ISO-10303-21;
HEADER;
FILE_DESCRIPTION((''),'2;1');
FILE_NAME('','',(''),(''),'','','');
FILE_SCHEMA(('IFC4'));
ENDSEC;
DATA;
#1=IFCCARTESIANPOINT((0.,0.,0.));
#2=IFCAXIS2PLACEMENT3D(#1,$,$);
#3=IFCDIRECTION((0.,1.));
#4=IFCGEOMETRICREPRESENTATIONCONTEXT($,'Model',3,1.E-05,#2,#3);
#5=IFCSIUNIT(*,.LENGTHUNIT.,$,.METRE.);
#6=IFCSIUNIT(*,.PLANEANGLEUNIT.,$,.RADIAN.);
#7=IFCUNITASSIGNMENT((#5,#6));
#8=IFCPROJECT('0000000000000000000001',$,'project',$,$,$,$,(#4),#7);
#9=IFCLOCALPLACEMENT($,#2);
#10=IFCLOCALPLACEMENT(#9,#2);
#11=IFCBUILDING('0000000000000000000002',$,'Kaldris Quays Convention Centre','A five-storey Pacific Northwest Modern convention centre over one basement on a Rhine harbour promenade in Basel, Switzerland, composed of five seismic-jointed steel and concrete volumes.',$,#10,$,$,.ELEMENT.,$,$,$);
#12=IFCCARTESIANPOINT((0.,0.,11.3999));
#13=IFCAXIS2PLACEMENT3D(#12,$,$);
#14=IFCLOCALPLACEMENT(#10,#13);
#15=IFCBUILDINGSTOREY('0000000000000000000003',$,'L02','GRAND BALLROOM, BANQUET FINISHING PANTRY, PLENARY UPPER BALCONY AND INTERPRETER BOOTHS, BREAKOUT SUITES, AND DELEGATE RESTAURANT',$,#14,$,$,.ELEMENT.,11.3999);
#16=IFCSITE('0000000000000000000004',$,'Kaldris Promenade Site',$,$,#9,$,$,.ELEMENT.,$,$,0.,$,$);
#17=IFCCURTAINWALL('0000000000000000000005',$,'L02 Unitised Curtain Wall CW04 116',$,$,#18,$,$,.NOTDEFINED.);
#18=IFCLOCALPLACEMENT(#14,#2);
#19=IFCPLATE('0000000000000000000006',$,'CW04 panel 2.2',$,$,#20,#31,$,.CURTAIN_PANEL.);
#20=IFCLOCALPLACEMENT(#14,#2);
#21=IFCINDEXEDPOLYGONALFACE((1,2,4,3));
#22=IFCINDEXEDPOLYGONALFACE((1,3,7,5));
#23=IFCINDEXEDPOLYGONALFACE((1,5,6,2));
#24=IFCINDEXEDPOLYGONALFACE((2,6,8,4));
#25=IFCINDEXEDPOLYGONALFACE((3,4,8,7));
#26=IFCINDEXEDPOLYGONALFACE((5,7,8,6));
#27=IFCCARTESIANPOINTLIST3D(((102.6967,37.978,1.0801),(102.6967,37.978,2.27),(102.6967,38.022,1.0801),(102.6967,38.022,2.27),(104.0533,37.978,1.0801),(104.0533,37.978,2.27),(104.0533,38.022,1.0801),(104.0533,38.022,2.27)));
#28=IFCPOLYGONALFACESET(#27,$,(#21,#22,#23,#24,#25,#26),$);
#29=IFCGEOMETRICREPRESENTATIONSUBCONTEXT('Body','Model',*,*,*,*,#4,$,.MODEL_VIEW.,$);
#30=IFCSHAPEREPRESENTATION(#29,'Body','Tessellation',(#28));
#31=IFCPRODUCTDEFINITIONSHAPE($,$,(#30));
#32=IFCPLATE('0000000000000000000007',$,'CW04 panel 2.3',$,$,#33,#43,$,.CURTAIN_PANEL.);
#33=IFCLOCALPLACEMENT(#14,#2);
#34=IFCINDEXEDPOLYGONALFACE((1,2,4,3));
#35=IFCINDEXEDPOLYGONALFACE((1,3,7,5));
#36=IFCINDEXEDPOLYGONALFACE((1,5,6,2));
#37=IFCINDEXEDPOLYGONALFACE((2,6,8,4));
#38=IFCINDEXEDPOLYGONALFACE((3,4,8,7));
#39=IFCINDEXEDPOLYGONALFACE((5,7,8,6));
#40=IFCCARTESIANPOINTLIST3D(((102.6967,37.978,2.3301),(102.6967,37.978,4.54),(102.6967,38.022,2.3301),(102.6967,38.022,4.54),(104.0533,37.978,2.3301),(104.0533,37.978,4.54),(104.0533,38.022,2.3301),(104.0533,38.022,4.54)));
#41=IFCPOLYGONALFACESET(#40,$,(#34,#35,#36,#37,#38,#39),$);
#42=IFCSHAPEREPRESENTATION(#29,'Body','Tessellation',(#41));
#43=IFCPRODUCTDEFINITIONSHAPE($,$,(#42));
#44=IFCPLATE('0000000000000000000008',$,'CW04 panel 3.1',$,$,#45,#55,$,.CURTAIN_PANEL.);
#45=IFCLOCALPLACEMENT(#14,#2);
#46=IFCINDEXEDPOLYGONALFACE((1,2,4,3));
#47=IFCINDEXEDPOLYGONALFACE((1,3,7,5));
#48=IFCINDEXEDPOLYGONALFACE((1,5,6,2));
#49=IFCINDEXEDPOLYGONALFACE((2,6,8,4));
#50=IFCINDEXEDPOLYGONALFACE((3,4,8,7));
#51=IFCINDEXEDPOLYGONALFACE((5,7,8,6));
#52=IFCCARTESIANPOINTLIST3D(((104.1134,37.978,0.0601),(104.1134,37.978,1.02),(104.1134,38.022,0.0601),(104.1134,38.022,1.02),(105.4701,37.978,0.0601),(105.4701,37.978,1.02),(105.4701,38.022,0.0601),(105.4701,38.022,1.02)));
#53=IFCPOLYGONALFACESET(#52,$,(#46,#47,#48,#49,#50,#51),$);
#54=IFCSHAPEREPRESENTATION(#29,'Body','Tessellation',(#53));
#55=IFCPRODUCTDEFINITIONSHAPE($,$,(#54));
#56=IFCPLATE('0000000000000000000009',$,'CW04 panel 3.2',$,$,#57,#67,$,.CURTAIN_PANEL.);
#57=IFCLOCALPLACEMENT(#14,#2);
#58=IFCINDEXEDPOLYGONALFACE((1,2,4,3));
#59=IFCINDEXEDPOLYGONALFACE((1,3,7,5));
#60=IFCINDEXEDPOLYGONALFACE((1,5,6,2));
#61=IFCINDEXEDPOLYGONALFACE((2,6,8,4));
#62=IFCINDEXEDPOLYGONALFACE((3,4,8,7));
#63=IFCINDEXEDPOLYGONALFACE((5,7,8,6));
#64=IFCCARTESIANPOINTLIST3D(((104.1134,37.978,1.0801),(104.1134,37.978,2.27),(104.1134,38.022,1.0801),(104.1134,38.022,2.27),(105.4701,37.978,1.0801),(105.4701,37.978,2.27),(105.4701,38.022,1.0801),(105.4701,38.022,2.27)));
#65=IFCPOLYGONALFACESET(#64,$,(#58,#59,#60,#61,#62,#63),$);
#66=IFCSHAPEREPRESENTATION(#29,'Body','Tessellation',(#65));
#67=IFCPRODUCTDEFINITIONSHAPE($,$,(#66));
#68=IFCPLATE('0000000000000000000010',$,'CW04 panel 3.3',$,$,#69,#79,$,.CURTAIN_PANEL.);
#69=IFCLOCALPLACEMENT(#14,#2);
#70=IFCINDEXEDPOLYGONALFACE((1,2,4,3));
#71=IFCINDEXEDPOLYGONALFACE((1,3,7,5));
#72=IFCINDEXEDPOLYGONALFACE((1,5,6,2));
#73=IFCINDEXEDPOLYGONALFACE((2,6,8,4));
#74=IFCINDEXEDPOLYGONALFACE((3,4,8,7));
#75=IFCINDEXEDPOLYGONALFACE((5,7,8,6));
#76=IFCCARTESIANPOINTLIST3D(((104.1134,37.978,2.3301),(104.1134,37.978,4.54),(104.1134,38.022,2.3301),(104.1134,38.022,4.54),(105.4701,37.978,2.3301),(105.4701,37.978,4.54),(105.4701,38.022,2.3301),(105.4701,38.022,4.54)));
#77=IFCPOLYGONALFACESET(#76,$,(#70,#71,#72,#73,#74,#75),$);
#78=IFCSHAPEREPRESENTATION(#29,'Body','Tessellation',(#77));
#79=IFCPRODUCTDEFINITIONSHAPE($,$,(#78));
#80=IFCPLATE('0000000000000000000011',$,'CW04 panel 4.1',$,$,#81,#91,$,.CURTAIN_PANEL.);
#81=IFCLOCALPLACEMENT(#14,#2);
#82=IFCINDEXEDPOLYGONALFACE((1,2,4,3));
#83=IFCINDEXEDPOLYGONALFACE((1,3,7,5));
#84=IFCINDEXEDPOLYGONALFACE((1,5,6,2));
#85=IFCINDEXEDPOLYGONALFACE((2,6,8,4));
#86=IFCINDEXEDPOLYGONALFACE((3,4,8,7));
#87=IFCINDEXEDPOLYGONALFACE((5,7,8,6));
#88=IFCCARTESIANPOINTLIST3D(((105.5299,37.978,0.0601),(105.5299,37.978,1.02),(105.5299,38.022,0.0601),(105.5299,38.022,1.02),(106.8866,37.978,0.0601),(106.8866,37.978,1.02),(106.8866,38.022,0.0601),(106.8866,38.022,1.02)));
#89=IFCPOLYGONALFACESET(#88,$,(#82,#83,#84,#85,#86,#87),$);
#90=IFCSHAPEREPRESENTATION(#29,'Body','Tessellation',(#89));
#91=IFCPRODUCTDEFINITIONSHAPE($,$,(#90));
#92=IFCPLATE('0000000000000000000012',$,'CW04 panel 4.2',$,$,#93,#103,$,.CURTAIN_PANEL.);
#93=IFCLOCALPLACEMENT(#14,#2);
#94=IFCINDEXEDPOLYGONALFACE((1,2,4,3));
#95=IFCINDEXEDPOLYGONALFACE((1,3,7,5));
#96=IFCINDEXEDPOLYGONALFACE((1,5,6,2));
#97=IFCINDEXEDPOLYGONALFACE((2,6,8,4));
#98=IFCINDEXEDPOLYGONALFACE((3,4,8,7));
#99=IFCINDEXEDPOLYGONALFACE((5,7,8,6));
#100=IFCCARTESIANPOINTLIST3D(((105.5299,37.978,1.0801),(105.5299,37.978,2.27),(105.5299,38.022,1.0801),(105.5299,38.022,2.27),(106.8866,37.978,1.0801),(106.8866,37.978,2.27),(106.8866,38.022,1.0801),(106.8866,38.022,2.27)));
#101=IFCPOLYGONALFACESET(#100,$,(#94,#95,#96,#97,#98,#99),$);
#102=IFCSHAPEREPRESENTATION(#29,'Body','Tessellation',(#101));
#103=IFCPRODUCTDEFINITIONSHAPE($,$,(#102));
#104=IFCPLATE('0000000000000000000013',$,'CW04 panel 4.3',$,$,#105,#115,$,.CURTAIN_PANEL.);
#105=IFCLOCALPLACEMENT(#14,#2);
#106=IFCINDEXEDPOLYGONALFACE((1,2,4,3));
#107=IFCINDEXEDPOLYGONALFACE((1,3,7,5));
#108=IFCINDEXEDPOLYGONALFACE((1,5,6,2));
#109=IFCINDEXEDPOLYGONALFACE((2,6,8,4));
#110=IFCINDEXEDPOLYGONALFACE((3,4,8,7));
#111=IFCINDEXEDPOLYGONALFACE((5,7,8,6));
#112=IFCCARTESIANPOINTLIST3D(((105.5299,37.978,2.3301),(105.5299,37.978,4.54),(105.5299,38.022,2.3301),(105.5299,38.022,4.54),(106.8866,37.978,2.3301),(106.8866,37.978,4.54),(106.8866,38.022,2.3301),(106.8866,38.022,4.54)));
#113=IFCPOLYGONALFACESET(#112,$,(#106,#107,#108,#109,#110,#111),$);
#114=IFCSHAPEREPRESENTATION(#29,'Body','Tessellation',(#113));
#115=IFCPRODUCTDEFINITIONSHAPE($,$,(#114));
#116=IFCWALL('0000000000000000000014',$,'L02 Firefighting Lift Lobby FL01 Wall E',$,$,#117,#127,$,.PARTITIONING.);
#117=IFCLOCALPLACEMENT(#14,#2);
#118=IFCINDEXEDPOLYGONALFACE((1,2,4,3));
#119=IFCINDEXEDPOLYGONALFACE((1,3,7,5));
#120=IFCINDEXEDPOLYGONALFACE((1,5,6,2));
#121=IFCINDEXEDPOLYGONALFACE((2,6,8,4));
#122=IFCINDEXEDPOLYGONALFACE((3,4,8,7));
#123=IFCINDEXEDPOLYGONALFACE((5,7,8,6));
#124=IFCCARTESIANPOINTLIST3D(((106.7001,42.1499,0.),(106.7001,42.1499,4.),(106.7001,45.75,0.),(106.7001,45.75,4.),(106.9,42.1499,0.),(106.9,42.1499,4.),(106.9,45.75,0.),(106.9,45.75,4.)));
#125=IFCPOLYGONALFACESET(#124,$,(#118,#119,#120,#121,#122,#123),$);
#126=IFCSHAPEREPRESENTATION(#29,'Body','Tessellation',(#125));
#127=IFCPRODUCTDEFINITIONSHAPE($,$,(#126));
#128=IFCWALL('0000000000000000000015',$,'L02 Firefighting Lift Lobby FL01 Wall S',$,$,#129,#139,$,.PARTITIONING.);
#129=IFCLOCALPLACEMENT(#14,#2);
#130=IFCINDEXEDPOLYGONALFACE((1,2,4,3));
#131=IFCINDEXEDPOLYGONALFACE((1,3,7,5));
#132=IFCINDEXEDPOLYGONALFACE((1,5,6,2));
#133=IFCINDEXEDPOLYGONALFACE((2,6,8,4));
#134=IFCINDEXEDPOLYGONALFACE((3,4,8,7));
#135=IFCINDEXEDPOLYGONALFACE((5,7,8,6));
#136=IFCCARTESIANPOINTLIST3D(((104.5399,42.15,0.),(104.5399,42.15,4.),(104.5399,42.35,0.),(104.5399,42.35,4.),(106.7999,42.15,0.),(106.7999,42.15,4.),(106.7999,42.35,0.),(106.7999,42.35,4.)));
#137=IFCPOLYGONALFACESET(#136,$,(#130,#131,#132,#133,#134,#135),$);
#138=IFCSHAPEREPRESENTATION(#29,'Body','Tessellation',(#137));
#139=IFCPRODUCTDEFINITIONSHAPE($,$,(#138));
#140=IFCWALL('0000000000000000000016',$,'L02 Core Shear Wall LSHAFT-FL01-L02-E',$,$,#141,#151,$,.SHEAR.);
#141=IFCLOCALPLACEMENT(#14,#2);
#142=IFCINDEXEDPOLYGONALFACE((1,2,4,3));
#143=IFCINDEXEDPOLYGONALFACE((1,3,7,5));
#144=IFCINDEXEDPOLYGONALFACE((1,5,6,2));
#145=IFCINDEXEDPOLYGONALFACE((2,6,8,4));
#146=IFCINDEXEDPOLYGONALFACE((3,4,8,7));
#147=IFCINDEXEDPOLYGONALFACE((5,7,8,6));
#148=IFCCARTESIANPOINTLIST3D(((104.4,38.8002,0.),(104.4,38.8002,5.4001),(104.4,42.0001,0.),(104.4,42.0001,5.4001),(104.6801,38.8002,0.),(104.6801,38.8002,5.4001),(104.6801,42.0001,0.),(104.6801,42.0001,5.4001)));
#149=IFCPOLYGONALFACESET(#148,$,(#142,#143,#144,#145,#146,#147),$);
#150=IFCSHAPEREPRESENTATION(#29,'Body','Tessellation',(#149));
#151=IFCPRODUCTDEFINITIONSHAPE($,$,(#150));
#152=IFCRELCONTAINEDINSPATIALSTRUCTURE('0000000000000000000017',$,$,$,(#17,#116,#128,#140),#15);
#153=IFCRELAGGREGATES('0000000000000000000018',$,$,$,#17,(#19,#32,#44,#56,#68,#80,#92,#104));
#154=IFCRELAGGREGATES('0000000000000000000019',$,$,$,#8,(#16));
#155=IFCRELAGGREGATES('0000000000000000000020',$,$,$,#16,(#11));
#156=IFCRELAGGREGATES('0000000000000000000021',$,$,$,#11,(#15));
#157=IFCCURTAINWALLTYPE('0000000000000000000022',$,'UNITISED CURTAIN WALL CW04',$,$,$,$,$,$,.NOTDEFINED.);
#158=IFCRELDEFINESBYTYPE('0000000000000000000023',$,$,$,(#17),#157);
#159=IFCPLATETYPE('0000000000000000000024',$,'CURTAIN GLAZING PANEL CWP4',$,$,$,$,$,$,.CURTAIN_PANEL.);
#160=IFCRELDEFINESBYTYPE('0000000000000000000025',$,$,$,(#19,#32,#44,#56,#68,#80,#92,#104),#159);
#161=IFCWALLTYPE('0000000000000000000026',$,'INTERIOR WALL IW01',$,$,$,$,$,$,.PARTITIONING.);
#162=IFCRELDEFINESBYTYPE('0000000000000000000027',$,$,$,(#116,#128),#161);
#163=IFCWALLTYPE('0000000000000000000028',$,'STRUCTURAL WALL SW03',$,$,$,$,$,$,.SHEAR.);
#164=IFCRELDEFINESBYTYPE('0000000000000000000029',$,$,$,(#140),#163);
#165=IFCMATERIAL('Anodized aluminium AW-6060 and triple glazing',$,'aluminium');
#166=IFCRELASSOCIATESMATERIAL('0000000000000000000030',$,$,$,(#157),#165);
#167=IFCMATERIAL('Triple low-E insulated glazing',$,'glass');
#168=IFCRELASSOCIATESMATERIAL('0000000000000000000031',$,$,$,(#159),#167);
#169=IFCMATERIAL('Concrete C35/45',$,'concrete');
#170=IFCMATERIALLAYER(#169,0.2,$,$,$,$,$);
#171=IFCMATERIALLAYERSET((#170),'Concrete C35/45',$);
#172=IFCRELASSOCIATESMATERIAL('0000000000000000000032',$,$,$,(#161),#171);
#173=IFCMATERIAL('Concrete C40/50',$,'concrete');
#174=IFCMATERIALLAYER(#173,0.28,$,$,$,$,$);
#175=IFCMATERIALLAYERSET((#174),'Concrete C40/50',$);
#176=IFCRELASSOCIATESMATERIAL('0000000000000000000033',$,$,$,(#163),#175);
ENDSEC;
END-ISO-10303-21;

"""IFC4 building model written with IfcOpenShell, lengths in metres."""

from ifc_helpers import new_model, si_unit, direction, frame, frame_2d, origin, origin_2d, place, context, subcontext, project, spatial, rectangle, extrude, material, layer, layer_set, type_object, element, aggregate, save


model = new_model("IFC4")

# Units and contexts
model_context = context("Model", 3, precision=1e-05, world=origin(), true_north=direction((0.0, 1.0)))
body_context = subcontext(model_context, "Body", "Model", "MODEL_VIEW")
ifc_project = project(units=[si_unit("LENGTHUNIT", "METRE"), si_unit("PLANEANGLEUNIT", "RADIAN")], contexts=[model_context])

# Site, building, storey
site_placement = place(None, origin())
site = spatial("IfcSite", under=ifc_project, at=site_placement, Name="Kaldris Promenade Site", CompositionType="ELEMENT", RefElevation=0.0)
building_placement = place(site_placement, origin())
building = spatial("IfcBuilding", under=site, at=building_placement, Name="Kaldris Quays Convention Centre", Description="A five-storey Pacific Northwest Modern convention centre over one basement on a Rhine harbour promenade in Basel, Switzerland, composed of five seismic-jointed steel and concrete volumes.", CompositionType="ELEMENT")
storey_placement = place(building_placement, frame((0.0, 0.0, 11.3999)))
storey = spatial("IfcBuildingStorey", under=building, at=storey_placement, Name="L02", Description="GRAND BALLROOM, BANQUET FINISHING PANTRY, PLENARY UPPER BALCONY AND INTERPRETER BOOTHS, BREAKOUT SUITES, AND DELEGATE RESTAURANT", CompositionType="ELEMENT", Elevation=11.3999)

# Curtain wall, plates
ifc_material_1 = material(Name="Anodized aluminium AW-6060 and triple glazing", Category="aluminium")
curtain_wall_type = type_object("IfcCurtainWallType", Name="UNITISED CURTAIN WALL CW04", PredefinedType="NOTDEFINED", material=ifc_material_1)
curtain_wall_placement = place(storey_placement, origin())
curtain_wall = element("IfcCurtainWall", 1, at=curtain_wall_placement, inside=storey, type_object=curtain_wall_type, Name="L02 Unitised Curtain Wall CW04 116", PredefinedType="NOTDEFINED")
ifc_material_2 = material(Name="Triple low-E insulated glazing", Category="glass")
plate_type = type_object("IfcPlateType", Name="CURTAIN GLAZING PANEL CWP4", PredefinedType="CURTAIN_PANEL", material=ifc_material_2)
plate_1_placement = place(storey_placement, frame((103.375, 38.0, 1.0801), z_axis=(0.0, 0.0, 1.0), x_axis=(1.0, 0.0, 0.0)))
plate_1 = element("IfcPlate", 2, at=plate_1_placement, type_object=plate_type, Name="CW04 panel 2.2", PredefinedType="CURTAIN_PANEL", context=body_context, shape_type="SweptSolid", body=[
    extrude(rectangle(XDim=1.3567, YDim=0.0439, at=origin_2d()), origin(), (0.0, 0.0, 1.0), 1.1899),
])
plate_2_placement = place(storey_placement, frame((103.375, 38.0, 2.3301), z_axis=(0.0, 0.0, 1.0), x_axis=(1.0, 0.0, 0.0)))
plate_2 = element("IfcPlate", 3, at=plate_2_placement, type_object=plate_type, Name="CW04 panel 2.3", PredefinedType="CURTAIN_PANEL", context=body_context, shape_type="SweptSolid", body=[
    extrude(rectangle(XDim=1.3567, YDim=0.0439, at=origin_2d()), origin(), (0.0, 0.0, 1.0), 2.21),
])
plate_3_placement = place(storey_placement, frame((104.7917, 38.0, 0.0601), z_axis=(0.0, 0.0, 1.0), x_axis=(1.0, 0.0, 0.0)))
plate_3 = element("IfcPlate", 4, at=plate_3_placement, type_object=plate_type, Name="CW04 panel 3.1", PredefinedType="CURTAIN_PANEL", context=body_context, shape_type="SweptSolid", body=[
    extrude(rectangle(XDim=1.3567, YDim=0.0439, at=origin_2d()), origin(), (0.0, 0.0, 1.0), 0.96),
])
plate_4_placement = place(storey_placement, frame((104.7917, 38.0, 1.0801), z_axis=(0.0, 0.0, 1.0), x_axis=(1.0, 0.0, 0.0)))
plate_4 = element("IfcPlate", 5, at=plate_4_placement, type_object=plate_type, Name="CW04 panel 3.2", PredefinedType="CURTAIN_PANEL", context=body_context, shape_type="SweptSolid", body=[
    extrude(rectangle(XDim=1.3567, YDim=0.0439, at=origin_2d()), origin(), (0.0, 0.0, 1.0), 1.1899),
])
plate_5_placement = place(storey_placement, frame((104.7917, 38.0, 2.3301), z_axis=(0.0, 0.0, 1.0), x_axis=(1.0, 0.0, 0.0)))
plate_5 = element("IfcPlate", 6, at=plate_5_placement, type_object=plate_type, Name="CW04 panel 3.3", PredefinedType="CURTAIN_PANEL", context=body_context, shape_type="SweptSolid", body=[
    extrude(rectangle(XDim=1.3567, YDim=0.0439, at=origin_2d()), origin(), (0.0, 0.0, 1.0), 2.21),
])
plate_6_placement = place(storey_placement, frame((106.2083, 38.0, 0.0601), z_axis=(0.0, 0.0, 1.0), x_axis=(1.0, 0.0, 0.0)))
plate_6 = element("IfcPlate", 7, at=plate_6_placement, type_object=plate_type, Name="CW04 panel 4.1", PredefinedType="CURTAIN_PANEL", context=body_context, shape_type="SweptSolid", body=[
    extrude(rectangle(XDim=1.3567, YDim=0.0439, at=origin_2d()), origin(), (0.0, 0.0, 1.0), 0.96),
])
plate_7_placement = place(storey_placement, frame((106.2083, 38.0, 1.0801), z_axis=(0.0, 0.0, 1.0), x_axis=(1.0, 0.0, 0.0)))
plate_7 = element("IfcPlate", 8, at=plate_7_placement, type_object=plate_type, Name="CW04 panel 4.2", PredefinedType="CURTAIN_PANEL", context=body_context, shape_type="SweptSolid", body=[
    extrude(rectangle(XDim=1.3567, YDim=0.0439, at=origin_2d()), origin(), (0.0, 0.0, 1.0), 1.1899),
])
plate_8_placement = place(storey_placement, frame((106.2083, 38.0, 2.3301), z_axis=(0.0, 0.0, 1.0), x_axis=(1.0, 0.0, 0.0)))
plate_8 = element("IfcPlate", 9, at=plate_8_placement, type_object=plate_type, Name="CW04 panel 4.3", PredefinedType="CURTAIN_PANEL", context=body_context, shape_type="SweptSolid", body=[
    extrude(rectangle(XDim=1.3567, YDim=0.0439, at=origin_2d()), origin(), (0.0, 0.0, 1.0), 2.21),
])
aggregate(curtain_wall, [plate_1, plate_2, plate_3, plate_4, plate_5, plate_6, plate_7, plate_8])

# Walls
ifc_material_3 = material(Name="Concrete C35/45", Category="concrete")
ifc_layer_1 = layer(ifc_material_3, 0.2)
ifc_layer_set_1 = layer_set([ifc_layer_1], Name="Concrete C35/45")
wall_type_1 = type_object("IfcWallType", Name="INTERIOR WALL IW01", PredefinedType="PARTITIONING", material=ifc_layer_set_1)
wall_1_placement = place(storey_placement, frame((106.8, 42.1499, 0.0), z_axis=(0.0, 0.0, 1.0), x_axis=(0.0, 1.0, 0.0)))
element("IfcWall", 10, at=wall_1_placement, inside=storey, type_object=wall_type_1, Name="L02 Firefighting Lift Lobby FL01 Wall E", PredefinedType="PARTITIONING", context=body_context, shape_type="SweptSolid", body=[
    extrude(rectangle(XDim=3.6001, YDim=0.2, at=frame_2d((1.8, 0.0))), origin(), (0.0, 0.0, 1.0), 4.0),
])
wall_2_placement = place(storey_placement, frame((104.54, 42.25, 0.0), z_axis=(0.0, 0.0, 1.0), x_axis=(1.0, 0.0, 0.0)))
element("IfcWall", 11, at=wall_2_placement, inside=storey, type_object=wall_type_1, Name="L02 Firefighting Lift Lobby FL01 Wall S", PredefinedType="PARTITIONING", context=body_context, shape_type="SweptSolid", body=[
    extrude(rectangle(XDim=2.26, YDim=0.2, at=frame_2d((1.1299, 0.0))), origin(), (0.0, 0.0, 1.0), 4.0),
])
ifc_material_4 = material(Name="Concrete C40/50", Category="concrete")
ifc_layer_2 = layer(ifc_material_4, 0.28)
ifc_layer_set_2 = layer_set([ifc_layer_2], Name="Concrete C40/50")
wall_type_2 = type_object("IfcWallType", Name="STRUCTURAL WALL SW03", PredefinedType="SHEAR", material=ifc_layer_set_2)
wall_3_placement = place(storey_placement, frame((104.54, 38.8, 0.0), z_axis=(0.0, 0.0, 1.0), x_axis=(0.0, 1.0, 0.0)))
element("IfcWall", 12, at=wall_3_placement, inside=storey, type_object=wall_type_2, Name="L02 Core Shear Wall LSHAFT-FL01-L02-E", PredefinedType="SHEAR", context=body_context, shape_type="SweptSolid", body=[
    extrude(rectangle(XDim=3.2, YDim=0.28, at=frame_2d((1.6001, 0.0))), origin(), (0.0, 0.0, 1.0), 5.4001),
])

save(model, "model.ifc")
